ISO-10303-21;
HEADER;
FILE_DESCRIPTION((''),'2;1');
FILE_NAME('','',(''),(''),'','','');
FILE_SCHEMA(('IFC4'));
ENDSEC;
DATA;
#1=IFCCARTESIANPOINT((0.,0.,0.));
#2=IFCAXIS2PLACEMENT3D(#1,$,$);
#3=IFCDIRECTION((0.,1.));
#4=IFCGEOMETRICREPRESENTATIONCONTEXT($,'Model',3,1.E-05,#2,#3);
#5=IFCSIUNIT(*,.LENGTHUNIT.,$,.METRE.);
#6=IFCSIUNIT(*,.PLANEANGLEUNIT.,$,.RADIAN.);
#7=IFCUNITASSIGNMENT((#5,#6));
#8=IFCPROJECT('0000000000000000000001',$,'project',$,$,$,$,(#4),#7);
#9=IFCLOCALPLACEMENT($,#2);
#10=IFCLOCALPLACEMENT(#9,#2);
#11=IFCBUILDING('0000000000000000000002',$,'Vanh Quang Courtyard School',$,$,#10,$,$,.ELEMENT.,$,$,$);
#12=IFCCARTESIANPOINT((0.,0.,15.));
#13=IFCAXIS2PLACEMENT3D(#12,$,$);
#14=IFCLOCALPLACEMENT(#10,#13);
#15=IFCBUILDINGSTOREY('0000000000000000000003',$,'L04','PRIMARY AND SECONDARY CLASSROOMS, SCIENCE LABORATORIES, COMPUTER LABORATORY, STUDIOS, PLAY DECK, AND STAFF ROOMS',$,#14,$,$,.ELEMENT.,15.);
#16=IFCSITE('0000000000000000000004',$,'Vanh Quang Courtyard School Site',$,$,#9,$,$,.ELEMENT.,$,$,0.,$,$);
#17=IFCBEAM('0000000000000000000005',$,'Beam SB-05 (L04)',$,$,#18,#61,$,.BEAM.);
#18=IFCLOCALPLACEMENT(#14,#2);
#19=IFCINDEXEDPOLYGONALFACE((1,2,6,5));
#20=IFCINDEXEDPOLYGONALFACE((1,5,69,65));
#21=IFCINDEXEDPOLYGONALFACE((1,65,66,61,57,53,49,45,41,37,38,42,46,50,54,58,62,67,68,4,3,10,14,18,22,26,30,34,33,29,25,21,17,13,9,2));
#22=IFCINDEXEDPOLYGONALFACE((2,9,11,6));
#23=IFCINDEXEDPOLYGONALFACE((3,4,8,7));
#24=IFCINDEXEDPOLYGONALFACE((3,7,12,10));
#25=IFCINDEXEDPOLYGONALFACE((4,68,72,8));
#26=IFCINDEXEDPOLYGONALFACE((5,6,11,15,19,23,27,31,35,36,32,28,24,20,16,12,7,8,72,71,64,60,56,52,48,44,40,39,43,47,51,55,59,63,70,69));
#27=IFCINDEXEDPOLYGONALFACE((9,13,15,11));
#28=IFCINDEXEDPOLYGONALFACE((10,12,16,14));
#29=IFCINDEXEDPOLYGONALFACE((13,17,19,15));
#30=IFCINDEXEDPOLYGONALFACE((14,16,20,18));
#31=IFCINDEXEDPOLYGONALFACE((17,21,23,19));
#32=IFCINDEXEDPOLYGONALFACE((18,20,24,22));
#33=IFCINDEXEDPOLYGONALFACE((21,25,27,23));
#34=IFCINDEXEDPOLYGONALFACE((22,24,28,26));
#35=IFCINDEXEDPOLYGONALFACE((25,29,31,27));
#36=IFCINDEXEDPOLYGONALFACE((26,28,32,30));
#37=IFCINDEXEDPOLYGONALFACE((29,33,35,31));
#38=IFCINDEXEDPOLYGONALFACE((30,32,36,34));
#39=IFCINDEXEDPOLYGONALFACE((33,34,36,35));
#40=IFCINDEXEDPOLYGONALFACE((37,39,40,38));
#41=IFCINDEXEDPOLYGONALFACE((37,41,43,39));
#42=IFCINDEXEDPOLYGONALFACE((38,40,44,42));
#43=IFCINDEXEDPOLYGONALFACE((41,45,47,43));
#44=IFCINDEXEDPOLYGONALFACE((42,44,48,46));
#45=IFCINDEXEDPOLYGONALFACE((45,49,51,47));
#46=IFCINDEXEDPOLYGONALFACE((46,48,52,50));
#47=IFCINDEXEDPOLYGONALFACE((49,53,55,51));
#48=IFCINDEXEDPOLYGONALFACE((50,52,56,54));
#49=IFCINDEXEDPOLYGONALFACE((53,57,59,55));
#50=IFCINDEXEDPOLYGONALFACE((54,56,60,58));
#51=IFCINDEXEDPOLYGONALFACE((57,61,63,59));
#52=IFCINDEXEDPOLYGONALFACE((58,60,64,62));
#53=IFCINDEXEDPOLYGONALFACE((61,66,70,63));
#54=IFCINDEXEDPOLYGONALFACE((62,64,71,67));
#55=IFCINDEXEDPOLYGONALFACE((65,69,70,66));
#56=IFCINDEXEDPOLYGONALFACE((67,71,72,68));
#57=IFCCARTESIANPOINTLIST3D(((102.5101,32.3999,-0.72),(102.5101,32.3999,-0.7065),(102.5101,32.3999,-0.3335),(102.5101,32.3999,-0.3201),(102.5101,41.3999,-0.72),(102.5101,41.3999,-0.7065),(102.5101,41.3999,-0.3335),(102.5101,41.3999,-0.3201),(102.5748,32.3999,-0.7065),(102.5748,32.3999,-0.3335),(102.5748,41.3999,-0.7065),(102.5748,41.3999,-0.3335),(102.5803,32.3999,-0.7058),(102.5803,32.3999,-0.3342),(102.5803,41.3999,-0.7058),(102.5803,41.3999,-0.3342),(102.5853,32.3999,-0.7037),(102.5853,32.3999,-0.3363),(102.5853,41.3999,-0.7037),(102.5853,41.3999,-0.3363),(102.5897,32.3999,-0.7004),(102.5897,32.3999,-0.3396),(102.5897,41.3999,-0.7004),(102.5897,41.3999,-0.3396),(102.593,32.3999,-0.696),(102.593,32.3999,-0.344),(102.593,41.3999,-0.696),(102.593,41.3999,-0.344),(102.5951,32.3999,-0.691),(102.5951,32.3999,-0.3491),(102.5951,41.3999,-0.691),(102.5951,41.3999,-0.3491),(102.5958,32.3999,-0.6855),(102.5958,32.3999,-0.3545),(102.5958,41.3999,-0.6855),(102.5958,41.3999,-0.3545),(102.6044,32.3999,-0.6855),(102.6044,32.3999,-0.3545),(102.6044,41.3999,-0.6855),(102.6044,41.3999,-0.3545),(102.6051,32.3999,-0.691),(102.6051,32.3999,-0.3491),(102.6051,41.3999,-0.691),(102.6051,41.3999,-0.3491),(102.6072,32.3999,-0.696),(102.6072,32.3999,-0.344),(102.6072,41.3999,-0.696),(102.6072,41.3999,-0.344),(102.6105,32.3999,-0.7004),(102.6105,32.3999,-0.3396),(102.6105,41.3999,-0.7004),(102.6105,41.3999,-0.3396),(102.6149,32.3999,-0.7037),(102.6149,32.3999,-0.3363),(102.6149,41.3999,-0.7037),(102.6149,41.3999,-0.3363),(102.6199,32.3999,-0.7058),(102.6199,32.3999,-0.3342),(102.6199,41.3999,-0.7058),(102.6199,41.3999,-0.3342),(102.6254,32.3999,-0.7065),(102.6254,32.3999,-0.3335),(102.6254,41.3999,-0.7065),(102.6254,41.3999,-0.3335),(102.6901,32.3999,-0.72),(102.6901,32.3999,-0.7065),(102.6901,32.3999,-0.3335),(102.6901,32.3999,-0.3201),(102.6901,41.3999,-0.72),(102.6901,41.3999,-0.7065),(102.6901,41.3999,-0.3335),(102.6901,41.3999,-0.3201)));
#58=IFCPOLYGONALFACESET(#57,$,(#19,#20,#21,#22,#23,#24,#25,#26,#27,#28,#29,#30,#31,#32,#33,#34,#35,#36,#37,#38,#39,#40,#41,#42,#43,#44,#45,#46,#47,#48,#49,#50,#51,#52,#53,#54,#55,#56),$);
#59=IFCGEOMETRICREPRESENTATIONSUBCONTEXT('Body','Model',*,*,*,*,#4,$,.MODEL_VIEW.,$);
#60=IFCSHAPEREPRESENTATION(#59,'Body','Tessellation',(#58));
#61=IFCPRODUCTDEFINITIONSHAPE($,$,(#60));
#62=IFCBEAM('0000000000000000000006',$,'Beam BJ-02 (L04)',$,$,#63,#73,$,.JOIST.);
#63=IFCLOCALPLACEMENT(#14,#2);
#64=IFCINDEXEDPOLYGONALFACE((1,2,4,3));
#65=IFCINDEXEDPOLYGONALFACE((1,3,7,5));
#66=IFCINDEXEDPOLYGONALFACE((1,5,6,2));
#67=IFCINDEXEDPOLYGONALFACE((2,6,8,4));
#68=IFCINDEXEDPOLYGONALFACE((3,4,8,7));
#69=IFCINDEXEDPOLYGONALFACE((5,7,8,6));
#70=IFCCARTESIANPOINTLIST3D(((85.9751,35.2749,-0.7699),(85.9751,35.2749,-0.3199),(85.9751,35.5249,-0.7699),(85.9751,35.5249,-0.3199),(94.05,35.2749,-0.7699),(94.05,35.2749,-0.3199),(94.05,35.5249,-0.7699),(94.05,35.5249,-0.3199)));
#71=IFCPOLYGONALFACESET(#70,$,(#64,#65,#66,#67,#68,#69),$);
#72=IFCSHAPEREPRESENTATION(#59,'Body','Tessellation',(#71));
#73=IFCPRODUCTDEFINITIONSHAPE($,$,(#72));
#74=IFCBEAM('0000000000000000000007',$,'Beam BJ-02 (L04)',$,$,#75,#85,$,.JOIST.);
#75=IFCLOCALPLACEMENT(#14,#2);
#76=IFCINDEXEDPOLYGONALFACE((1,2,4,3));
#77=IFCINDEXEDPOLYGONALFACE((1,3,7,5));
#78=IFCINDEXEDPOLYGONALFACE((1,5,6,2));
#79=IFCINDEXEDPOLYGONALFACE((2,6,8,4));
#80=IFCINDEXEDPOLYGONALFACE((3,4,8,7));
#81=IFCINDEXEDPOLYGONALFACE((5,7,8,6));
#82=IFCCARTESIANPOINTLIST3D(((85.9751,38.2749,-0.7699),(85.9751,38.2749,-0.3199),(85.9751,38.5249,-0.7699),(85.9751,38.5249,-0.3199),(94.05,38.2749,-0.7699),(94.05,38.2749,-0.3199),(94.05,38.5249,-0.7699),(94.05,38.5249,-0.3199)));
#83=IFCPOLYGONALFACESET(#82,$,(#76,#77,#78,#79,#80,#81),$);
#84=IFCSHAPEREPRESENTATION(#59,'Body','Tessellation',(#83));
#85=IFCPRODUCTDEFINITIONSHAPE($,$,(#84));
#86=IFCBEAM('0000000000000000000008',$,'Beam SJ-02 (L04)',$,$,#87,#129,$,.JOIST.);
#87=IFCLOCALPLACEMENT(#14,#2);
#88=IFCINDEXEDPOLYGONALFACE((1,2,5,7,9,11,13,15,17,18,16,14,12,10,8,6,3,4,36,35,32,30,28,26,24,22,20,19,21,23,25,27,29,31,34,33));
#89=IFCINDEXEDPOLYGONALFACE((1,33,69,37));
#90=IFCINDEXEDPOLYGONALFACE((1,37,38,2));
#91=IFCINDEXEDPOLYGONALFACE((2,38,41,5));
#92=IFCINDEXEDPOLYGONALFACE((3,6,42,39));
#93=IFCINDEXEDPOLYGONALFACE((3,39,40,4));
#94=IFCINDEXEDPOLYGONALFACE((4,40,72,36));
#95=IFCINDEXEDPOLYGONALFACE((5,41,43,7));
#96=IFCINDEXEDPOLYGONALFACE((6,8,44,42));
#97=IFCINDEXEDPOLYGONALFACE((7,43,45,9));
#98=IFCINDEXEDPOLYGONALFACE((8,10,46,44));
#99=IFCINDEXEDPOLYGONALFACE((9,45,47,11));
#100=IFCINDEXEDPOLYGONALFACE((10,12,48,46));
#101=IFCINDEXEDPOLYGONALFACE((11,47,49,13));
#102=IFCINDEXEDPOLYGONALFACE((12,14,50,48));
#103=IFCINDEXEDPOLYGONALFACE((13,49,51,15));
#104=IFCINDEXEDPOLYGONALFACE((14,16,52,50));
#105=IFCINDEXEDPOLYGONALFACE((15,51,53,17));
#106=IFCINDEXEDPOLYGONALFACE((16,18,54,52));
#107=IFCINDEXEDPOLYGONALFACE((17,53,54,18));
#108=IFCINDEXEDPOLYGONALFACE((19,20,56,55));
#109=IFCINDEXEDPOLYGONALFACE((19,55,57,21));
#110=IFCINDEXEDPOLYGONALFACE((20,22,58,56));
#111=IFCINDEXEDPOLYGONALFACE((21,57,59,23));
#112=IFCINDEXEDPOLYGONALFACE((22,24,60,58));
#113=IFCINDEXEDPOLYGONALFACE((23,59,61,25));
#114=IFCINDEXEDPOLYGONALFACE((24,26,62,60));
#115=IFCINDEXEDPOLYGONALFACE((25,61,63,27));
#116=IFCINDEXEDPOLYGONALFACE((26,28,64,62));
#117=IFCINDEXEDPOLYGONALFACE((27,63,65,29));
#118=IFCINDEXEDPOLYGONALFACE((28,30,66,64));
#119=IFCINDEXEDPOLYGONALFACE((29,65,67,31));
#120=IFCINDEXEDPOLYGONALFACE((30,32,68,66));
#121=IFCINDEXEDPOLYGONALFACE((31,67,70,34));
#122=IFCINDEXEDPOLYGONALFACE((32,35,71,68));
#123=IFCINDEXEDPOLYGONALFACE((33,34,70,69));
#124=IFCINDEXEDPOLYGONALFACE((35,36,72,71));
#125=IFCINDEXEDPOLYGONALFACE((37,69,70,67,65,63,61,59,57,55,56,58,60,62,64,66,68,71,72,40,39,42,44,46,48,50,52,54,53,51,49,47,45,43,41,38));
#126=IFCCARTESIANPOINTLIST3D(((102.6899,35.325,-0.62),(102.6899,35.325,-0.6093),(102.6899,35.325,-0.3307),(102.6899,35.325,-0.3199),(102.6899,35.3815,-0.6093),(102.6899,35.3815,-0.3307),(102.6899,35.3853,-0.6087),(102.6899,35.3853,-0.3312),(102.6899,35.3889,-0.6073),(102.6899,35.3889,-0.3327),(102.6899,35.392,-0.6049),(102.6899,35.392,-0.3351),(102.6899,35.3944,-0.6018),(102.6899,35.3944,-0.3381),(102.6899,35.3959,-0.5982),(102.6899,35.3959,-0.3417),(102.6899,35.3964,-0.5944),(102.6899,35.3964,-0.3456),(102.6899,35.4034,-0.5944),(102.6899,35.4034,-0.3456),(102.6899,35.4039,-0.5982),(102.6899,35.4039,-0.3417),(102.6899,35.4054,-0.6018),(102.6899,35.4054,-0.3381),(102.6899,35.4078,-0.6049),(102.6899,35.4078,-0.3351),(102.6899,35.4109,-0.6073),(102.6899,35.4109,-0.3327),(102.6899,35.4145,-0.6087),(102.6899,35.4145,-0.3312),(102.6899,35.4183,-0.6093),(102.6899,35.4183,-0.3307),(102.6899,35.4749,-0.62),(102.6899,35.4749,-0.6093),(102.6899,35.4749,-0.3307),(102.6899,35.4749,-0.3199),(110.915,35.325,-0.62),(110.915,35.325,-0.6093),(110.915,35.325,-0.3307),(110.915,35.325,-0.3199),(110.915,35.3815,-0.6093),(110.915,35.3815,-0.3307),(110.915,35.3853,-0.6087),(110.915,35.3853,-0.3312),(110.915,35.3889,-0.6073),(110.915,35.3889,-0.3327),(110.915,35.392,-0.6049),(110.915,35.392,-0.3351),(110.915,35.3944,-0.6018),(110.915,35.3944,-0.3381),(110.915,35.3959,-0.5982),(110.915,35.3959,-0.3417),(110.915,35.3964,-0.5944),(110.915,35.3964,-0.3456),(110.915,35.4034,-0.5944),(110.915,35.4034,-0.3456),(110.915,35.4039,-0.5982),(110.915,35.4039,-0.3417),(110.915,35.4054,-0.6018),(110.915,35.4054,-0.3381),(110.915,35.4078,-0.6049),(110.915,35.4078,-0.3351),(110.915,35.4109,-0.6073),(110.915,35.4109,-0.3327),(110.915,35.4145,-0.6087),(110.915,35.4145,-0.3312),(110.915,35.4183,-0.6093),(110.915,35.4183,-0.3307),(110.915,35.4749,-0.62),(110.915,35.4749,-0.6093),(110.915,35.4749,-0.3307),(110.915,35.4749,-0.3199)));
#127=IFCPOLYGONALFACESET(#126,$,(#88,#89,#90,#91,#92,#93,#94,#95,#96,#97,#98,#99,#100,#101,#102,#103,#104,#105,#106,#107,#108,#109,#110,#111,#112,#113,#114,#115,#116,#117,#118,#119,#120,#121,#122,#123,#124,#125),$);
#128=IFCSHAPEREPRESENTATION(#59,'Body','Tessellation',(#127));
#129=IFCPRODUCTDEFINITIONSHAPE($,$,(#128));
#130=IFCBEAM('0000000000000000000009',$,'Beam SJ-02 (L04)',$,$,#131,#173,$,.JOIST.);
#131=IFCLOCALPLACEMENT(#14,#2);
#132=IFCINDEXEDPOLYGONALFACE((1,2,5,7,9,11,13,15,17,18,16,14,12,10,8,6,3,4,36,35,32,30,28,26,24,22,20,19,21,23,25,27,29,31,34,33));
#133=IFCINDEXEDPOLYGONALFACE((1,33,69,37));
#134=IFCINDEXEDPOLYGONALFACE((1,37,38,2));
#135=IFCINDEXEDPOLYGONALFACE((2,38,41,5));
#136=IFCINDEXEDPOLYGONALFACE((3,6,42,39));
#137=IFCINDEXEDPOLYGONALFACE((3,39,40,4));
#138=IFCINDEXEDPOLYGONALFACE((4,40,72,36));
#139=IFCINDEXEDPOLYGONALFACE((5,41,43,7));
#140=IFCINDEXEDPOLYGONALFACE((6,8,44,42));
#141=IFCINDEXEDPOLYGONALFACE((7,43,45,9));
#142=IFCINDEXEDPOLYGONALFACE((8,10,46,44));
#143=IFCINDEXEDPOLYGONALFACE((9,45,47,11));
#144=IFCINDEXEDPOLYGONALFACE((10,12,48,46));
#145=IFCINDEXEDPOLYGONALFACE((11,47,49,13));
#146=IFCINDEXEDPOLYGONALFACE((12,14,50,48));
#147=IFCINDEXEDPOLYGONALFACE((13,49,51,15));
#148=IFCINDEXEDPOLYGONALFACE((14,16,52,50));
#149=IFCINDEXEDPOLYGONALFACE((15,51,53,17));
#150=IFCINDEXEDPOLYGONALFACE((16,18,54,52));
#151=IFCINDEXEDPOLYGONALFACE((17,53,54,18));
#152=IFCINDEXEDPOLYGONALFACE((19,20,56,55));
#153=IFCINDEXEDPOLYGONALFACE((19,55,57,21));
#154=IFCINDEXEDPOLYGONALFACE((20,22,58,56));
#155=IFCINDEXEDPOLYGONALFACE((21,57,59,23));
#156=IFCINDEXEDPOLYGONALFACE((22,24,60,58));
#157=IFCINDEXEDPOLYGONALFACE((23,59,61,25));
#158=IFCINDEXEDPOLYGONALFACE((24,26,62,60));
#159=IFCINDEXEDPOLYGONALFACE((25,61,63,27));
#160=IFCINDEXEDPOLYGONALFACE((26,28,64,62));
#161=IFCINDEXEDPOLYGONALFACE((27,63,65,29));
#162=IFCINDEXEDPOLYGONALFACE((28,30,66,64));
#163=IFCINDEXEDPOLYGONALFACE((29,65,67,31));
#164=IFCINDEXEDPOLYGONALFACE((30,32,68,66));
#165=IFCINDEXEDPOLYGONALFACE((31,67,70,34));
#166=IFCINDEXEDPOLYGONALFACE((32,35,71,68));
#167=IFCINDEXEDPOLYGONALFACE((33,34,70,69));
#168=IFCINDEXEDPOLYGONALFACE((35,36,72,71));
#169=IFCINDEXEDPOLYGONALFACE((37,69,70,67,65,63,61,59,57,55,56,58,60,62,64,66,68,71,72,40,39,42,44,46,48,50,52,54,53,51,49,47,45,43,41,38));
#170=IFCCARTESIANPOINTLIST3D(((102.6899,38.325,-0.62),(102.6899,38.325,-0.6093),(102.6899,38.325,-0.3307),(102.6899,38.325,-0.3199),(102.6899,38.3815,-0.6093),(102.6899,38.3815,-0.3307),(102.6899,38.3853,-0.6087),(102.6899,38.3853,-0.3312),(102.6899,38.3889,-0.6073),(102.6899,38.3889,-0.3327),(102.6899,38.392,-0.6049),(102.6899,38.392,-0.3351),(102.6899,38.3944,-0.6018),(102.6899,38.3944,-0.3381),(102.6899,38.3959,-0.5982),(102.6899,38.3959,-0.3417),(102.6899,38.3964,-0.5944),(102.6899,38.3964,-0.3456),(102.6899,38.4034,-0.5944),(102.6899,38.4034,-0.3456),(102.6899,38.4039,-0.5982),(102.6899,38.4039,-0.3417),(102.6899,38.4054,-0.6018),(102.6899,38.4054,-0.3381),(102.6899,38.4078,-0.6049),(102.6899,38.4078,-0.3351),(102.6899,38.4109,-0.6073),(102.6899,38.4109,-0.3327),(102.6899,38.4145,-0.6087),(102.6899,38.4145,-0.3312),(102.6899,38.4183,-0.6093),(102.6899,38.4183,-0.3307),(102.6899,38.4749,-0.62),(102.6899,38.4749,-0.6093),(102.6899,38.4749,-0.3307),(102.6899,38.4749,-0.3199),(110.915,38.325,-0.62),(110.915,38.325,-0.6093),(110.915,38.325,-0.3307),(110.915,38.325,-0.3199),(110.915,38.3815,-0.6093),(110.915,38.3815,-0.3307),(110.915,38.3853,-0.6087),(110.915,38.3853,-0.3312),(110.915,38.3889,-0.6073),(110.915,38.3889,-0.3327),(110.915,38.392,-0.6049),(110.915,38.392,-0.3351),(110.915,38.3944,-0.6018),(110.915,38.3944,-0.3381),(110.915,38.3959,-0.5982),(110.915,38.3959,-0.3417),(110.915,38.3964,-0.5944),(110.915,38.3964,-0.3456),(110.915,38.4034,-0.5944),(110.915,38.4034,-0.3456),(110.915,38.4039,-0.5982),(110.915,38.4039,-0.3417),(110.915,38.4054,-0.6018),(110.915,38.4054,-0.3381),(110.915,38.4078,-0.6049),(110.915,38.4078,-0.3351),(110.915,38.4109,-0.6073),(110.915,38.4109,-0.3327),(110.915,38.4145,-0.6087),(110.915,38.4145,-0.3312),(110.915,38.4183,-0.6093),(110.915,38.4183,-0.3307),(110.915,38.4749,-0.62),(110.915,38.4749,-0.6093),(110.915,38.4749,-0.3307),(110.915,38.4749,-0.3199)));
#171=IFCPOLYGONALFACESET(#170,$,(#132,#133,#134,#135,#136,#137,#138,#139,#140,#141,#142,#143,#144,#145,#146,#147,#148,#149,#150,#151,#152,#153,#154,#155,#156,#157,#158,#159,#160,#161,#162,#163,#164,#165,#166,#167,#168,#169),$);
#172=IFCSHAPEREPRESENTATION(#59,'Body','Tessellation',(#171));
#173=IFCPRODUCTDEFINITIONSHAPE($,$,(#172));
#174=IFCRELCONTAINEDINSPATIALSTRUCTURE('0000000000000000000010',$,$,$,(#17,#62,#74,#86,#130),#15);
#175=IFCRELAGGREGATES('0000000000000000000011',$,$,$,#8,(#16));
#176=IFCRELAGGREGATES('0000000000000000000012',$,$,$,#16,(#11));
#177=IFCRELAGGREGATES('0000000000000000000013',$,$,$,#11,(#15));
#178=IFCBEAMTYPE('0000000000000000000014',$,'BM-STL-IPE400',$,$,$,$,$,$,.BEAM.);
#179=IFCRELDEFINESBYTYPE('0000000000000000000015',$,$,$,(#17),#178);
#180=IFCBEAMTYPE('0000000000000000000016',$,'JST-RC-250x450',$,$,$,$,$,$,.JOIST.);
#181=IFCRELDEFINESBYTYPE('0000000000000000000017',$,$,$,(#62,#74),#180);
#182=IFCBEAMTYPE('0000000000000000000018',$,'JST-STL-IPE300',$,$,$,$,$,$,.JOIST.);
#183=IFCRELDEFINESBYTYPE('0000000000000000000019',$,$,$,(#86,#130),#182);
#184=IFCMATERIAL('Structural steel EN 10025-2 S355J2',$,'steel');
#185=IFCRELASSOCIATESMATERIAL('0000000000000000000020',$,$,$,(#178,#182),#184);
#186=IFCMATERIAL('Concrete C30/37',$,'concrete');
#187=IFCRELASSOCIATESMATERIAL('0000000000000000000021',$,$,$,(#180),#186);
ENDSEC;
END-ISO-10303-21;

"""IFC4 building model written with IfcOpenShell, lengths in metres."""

from ifc_helpers import new_model, si_unit, direction, frame, origin, origin_2d, place, context, subcontext, project, spatial, rectangle, i_section, extrude, material, material_profile, profile_set, type_object, element, save


model = new_model("IFC4")

# Units and contexts
model_context = context("Model", 3, precision=1e-05, world=origin(), true_north=direction((0.0, 1.0)))
body_context = subcontext(model_context, "Body", "Model", "MODEL_VIEW")
ifc_project = project(units=[si_unit("LENGTHUNIT", "METRE"), si_unit("PLANEANGLEUNIT", "RADIAN")], contexts=[model_context])

# Site, building, storey
site_placement = place(None, origin())
site = spatial("IfcSite", under=ifc_project, at=site_placement, Name="Vanh Quang Courtyard School Site", CompositionType="ELEMENT", RefElevation=0.0)
building_placement = place(site_placement, origin())
building = spatial("IfcBuilding", under=site, at=building_placement, Name="Vanh Quang Courtyard School", CompositionType="ELEMENT")
storey_placement = place(building_placement, frame((0.0, 0.0, 15.0)))
storey = spatial("IfcBuildingStorey", under=building, at=storey_placement, Name="L04", Description="PRIMARY AND SECONDARY CLASSROOMS, SCIENCE LABORATORIES, COMPUTER LABORATORY, STUDIOS, PLAY DECK, AND STAFF ROOMS", CompositionType="ELEMENT", Elevation=15.0)

# Beams
ifc_material_1 = material(Name="Structural steel EN 10025-2 S355J2", Category="steel")
ifc_material_profile_1 = material_profile(ifc_material_1, i_section(OverallWidth=0.1799, OverallDepth=0.3999, WebThickness=0.0085, FlangeThickness=0.0134, FilletRadius=0.021, at=origin_2d()), Name="IPE 400")
ifc_profile_set_1 = profile_set([ifc_material_profile_1], Name="Structural steel EN 10025-2 S355J2")
beam_type_1 = type_object("IfcBeamType", Name="BM-STL-IPE400", PredefinedType="BEAM", material=ifc_profile_set_1)
beam_1_placement = place(storey_placement, frame((102.6001, 32.3999, -0.52), z_axis=(0.0, 1.0, 0.0), x_axis=(-1.0, 0.0, 0.0)))
element("IfcBeam", 1, at=beam_1_placement, inside=storey, type_object=beam_type_1, Name="Beam SB-05 (L04)", PredefinedType="BEAM", context=body_context, shape_type="SweptSolid", body=[
    extrude(i_section(OverallWidth=0.1799, OverallDepth=0.3999, WebThickness=0.0085, FlangeThickness=0.0134, FilletRadius=0.021, at=origin_2d()), origin(), (0.0, 0.0, 1.0), 9.0),
])
ifc_material_2 = material(Name="Concrete C30/37", Category="concrete")
ifc_material_profile_2 = material_profile(ifc_material_2, rectangle(XDim=0.25, YDim=0.45, at=origin_2d()), Name="RC-JST 250x450")
ifc_profile_set_2 = profile_set([ifc_material_profile_2], Name="Concrete C30/37")
beam_type_2 = type_object("IfcBeamType", Name="JST-RC-250x450", PredefinedType="JOIST", material=ifc_profile_set_2)
for number, where, z_axis, x_axis, name in (
    (2, (85.9751, 35.3999, -0.5449), (1.0, 0.0, 0.0), (0.0, 1.0, 0.0), "Beam BJ-02 (L04)"),
    (3, (85.9751, 38.3999, -0.5449), (1.0, 0.0, 0.0), (0.0, 1.0, 0.0), "Beam BJ-02 (L04)"),
):
    element("IfcBeam", number, at=place(storey_placement, frame(where, z_axis=z_axis, x_axis=x_axis)), inside=storey, type_object=beam_type_2, Name=name, PredefinedType="JOIST", context=body_context, shape_type="SweptSolid", body=[
        extrude(rectangle(XDim=0.25, YDim=0.45, at=origin_2d()), origin(), (0.0, 0.0, 1.0), 8.075),
    ])
ifc_material_profile_3 = material_profile(ifc_material_1, i_section(OverallWidth=0.1499, OverallDepth=0.3, WebThickness=0.0071, FlangeThickness=0.0107, FilletRadius=0.0149, at=origin_2d()), Name="IPE 300")
ifc_profile_set_3 = profile_set([ifc_material_profile_3], Name="Structural steel EN 10025-2 S355J2")
beam_type_3 = type_object("IfcBeamType", Name="JST-STL-IPE300", PredefinedType="JOIST", material=ifc_profile_set_3)
for number, where, z_axis, x_axis, name in (
    (4, (102.6899, 35.3999, -0.47), (1.0, 0.0, 0.0), (0.0, 1.0, 0.0), "Beam SJ-02 (L04)"),
    (5, (102.6899, 38.3999, -0.47), (1.0, 0.0, 0.0), (0.0, 1.0, 0.0), "Beam SJ-02 (L04)"),
):
    element("IfcBeam", number, at=place(storey_placement, frame(where, z_axis=z_axis, x_axis=x_axis)), inside=storey, type_object=beam_type_3, Name=name, PredefinedType="JOIST", context=body_context, shape_type="SweptSolid", body=[
        extrude(i_section(OverallWidth=0.1499, OverallDepth=0.3, WebThickness=0.0071, FlangeThickness=0.0107, FilletRadius=0.0149, at=origin_2d()), origin(), (0.0, 0.0, 1.0), 8.2251),
    ])

save(model, "model.ifc")
